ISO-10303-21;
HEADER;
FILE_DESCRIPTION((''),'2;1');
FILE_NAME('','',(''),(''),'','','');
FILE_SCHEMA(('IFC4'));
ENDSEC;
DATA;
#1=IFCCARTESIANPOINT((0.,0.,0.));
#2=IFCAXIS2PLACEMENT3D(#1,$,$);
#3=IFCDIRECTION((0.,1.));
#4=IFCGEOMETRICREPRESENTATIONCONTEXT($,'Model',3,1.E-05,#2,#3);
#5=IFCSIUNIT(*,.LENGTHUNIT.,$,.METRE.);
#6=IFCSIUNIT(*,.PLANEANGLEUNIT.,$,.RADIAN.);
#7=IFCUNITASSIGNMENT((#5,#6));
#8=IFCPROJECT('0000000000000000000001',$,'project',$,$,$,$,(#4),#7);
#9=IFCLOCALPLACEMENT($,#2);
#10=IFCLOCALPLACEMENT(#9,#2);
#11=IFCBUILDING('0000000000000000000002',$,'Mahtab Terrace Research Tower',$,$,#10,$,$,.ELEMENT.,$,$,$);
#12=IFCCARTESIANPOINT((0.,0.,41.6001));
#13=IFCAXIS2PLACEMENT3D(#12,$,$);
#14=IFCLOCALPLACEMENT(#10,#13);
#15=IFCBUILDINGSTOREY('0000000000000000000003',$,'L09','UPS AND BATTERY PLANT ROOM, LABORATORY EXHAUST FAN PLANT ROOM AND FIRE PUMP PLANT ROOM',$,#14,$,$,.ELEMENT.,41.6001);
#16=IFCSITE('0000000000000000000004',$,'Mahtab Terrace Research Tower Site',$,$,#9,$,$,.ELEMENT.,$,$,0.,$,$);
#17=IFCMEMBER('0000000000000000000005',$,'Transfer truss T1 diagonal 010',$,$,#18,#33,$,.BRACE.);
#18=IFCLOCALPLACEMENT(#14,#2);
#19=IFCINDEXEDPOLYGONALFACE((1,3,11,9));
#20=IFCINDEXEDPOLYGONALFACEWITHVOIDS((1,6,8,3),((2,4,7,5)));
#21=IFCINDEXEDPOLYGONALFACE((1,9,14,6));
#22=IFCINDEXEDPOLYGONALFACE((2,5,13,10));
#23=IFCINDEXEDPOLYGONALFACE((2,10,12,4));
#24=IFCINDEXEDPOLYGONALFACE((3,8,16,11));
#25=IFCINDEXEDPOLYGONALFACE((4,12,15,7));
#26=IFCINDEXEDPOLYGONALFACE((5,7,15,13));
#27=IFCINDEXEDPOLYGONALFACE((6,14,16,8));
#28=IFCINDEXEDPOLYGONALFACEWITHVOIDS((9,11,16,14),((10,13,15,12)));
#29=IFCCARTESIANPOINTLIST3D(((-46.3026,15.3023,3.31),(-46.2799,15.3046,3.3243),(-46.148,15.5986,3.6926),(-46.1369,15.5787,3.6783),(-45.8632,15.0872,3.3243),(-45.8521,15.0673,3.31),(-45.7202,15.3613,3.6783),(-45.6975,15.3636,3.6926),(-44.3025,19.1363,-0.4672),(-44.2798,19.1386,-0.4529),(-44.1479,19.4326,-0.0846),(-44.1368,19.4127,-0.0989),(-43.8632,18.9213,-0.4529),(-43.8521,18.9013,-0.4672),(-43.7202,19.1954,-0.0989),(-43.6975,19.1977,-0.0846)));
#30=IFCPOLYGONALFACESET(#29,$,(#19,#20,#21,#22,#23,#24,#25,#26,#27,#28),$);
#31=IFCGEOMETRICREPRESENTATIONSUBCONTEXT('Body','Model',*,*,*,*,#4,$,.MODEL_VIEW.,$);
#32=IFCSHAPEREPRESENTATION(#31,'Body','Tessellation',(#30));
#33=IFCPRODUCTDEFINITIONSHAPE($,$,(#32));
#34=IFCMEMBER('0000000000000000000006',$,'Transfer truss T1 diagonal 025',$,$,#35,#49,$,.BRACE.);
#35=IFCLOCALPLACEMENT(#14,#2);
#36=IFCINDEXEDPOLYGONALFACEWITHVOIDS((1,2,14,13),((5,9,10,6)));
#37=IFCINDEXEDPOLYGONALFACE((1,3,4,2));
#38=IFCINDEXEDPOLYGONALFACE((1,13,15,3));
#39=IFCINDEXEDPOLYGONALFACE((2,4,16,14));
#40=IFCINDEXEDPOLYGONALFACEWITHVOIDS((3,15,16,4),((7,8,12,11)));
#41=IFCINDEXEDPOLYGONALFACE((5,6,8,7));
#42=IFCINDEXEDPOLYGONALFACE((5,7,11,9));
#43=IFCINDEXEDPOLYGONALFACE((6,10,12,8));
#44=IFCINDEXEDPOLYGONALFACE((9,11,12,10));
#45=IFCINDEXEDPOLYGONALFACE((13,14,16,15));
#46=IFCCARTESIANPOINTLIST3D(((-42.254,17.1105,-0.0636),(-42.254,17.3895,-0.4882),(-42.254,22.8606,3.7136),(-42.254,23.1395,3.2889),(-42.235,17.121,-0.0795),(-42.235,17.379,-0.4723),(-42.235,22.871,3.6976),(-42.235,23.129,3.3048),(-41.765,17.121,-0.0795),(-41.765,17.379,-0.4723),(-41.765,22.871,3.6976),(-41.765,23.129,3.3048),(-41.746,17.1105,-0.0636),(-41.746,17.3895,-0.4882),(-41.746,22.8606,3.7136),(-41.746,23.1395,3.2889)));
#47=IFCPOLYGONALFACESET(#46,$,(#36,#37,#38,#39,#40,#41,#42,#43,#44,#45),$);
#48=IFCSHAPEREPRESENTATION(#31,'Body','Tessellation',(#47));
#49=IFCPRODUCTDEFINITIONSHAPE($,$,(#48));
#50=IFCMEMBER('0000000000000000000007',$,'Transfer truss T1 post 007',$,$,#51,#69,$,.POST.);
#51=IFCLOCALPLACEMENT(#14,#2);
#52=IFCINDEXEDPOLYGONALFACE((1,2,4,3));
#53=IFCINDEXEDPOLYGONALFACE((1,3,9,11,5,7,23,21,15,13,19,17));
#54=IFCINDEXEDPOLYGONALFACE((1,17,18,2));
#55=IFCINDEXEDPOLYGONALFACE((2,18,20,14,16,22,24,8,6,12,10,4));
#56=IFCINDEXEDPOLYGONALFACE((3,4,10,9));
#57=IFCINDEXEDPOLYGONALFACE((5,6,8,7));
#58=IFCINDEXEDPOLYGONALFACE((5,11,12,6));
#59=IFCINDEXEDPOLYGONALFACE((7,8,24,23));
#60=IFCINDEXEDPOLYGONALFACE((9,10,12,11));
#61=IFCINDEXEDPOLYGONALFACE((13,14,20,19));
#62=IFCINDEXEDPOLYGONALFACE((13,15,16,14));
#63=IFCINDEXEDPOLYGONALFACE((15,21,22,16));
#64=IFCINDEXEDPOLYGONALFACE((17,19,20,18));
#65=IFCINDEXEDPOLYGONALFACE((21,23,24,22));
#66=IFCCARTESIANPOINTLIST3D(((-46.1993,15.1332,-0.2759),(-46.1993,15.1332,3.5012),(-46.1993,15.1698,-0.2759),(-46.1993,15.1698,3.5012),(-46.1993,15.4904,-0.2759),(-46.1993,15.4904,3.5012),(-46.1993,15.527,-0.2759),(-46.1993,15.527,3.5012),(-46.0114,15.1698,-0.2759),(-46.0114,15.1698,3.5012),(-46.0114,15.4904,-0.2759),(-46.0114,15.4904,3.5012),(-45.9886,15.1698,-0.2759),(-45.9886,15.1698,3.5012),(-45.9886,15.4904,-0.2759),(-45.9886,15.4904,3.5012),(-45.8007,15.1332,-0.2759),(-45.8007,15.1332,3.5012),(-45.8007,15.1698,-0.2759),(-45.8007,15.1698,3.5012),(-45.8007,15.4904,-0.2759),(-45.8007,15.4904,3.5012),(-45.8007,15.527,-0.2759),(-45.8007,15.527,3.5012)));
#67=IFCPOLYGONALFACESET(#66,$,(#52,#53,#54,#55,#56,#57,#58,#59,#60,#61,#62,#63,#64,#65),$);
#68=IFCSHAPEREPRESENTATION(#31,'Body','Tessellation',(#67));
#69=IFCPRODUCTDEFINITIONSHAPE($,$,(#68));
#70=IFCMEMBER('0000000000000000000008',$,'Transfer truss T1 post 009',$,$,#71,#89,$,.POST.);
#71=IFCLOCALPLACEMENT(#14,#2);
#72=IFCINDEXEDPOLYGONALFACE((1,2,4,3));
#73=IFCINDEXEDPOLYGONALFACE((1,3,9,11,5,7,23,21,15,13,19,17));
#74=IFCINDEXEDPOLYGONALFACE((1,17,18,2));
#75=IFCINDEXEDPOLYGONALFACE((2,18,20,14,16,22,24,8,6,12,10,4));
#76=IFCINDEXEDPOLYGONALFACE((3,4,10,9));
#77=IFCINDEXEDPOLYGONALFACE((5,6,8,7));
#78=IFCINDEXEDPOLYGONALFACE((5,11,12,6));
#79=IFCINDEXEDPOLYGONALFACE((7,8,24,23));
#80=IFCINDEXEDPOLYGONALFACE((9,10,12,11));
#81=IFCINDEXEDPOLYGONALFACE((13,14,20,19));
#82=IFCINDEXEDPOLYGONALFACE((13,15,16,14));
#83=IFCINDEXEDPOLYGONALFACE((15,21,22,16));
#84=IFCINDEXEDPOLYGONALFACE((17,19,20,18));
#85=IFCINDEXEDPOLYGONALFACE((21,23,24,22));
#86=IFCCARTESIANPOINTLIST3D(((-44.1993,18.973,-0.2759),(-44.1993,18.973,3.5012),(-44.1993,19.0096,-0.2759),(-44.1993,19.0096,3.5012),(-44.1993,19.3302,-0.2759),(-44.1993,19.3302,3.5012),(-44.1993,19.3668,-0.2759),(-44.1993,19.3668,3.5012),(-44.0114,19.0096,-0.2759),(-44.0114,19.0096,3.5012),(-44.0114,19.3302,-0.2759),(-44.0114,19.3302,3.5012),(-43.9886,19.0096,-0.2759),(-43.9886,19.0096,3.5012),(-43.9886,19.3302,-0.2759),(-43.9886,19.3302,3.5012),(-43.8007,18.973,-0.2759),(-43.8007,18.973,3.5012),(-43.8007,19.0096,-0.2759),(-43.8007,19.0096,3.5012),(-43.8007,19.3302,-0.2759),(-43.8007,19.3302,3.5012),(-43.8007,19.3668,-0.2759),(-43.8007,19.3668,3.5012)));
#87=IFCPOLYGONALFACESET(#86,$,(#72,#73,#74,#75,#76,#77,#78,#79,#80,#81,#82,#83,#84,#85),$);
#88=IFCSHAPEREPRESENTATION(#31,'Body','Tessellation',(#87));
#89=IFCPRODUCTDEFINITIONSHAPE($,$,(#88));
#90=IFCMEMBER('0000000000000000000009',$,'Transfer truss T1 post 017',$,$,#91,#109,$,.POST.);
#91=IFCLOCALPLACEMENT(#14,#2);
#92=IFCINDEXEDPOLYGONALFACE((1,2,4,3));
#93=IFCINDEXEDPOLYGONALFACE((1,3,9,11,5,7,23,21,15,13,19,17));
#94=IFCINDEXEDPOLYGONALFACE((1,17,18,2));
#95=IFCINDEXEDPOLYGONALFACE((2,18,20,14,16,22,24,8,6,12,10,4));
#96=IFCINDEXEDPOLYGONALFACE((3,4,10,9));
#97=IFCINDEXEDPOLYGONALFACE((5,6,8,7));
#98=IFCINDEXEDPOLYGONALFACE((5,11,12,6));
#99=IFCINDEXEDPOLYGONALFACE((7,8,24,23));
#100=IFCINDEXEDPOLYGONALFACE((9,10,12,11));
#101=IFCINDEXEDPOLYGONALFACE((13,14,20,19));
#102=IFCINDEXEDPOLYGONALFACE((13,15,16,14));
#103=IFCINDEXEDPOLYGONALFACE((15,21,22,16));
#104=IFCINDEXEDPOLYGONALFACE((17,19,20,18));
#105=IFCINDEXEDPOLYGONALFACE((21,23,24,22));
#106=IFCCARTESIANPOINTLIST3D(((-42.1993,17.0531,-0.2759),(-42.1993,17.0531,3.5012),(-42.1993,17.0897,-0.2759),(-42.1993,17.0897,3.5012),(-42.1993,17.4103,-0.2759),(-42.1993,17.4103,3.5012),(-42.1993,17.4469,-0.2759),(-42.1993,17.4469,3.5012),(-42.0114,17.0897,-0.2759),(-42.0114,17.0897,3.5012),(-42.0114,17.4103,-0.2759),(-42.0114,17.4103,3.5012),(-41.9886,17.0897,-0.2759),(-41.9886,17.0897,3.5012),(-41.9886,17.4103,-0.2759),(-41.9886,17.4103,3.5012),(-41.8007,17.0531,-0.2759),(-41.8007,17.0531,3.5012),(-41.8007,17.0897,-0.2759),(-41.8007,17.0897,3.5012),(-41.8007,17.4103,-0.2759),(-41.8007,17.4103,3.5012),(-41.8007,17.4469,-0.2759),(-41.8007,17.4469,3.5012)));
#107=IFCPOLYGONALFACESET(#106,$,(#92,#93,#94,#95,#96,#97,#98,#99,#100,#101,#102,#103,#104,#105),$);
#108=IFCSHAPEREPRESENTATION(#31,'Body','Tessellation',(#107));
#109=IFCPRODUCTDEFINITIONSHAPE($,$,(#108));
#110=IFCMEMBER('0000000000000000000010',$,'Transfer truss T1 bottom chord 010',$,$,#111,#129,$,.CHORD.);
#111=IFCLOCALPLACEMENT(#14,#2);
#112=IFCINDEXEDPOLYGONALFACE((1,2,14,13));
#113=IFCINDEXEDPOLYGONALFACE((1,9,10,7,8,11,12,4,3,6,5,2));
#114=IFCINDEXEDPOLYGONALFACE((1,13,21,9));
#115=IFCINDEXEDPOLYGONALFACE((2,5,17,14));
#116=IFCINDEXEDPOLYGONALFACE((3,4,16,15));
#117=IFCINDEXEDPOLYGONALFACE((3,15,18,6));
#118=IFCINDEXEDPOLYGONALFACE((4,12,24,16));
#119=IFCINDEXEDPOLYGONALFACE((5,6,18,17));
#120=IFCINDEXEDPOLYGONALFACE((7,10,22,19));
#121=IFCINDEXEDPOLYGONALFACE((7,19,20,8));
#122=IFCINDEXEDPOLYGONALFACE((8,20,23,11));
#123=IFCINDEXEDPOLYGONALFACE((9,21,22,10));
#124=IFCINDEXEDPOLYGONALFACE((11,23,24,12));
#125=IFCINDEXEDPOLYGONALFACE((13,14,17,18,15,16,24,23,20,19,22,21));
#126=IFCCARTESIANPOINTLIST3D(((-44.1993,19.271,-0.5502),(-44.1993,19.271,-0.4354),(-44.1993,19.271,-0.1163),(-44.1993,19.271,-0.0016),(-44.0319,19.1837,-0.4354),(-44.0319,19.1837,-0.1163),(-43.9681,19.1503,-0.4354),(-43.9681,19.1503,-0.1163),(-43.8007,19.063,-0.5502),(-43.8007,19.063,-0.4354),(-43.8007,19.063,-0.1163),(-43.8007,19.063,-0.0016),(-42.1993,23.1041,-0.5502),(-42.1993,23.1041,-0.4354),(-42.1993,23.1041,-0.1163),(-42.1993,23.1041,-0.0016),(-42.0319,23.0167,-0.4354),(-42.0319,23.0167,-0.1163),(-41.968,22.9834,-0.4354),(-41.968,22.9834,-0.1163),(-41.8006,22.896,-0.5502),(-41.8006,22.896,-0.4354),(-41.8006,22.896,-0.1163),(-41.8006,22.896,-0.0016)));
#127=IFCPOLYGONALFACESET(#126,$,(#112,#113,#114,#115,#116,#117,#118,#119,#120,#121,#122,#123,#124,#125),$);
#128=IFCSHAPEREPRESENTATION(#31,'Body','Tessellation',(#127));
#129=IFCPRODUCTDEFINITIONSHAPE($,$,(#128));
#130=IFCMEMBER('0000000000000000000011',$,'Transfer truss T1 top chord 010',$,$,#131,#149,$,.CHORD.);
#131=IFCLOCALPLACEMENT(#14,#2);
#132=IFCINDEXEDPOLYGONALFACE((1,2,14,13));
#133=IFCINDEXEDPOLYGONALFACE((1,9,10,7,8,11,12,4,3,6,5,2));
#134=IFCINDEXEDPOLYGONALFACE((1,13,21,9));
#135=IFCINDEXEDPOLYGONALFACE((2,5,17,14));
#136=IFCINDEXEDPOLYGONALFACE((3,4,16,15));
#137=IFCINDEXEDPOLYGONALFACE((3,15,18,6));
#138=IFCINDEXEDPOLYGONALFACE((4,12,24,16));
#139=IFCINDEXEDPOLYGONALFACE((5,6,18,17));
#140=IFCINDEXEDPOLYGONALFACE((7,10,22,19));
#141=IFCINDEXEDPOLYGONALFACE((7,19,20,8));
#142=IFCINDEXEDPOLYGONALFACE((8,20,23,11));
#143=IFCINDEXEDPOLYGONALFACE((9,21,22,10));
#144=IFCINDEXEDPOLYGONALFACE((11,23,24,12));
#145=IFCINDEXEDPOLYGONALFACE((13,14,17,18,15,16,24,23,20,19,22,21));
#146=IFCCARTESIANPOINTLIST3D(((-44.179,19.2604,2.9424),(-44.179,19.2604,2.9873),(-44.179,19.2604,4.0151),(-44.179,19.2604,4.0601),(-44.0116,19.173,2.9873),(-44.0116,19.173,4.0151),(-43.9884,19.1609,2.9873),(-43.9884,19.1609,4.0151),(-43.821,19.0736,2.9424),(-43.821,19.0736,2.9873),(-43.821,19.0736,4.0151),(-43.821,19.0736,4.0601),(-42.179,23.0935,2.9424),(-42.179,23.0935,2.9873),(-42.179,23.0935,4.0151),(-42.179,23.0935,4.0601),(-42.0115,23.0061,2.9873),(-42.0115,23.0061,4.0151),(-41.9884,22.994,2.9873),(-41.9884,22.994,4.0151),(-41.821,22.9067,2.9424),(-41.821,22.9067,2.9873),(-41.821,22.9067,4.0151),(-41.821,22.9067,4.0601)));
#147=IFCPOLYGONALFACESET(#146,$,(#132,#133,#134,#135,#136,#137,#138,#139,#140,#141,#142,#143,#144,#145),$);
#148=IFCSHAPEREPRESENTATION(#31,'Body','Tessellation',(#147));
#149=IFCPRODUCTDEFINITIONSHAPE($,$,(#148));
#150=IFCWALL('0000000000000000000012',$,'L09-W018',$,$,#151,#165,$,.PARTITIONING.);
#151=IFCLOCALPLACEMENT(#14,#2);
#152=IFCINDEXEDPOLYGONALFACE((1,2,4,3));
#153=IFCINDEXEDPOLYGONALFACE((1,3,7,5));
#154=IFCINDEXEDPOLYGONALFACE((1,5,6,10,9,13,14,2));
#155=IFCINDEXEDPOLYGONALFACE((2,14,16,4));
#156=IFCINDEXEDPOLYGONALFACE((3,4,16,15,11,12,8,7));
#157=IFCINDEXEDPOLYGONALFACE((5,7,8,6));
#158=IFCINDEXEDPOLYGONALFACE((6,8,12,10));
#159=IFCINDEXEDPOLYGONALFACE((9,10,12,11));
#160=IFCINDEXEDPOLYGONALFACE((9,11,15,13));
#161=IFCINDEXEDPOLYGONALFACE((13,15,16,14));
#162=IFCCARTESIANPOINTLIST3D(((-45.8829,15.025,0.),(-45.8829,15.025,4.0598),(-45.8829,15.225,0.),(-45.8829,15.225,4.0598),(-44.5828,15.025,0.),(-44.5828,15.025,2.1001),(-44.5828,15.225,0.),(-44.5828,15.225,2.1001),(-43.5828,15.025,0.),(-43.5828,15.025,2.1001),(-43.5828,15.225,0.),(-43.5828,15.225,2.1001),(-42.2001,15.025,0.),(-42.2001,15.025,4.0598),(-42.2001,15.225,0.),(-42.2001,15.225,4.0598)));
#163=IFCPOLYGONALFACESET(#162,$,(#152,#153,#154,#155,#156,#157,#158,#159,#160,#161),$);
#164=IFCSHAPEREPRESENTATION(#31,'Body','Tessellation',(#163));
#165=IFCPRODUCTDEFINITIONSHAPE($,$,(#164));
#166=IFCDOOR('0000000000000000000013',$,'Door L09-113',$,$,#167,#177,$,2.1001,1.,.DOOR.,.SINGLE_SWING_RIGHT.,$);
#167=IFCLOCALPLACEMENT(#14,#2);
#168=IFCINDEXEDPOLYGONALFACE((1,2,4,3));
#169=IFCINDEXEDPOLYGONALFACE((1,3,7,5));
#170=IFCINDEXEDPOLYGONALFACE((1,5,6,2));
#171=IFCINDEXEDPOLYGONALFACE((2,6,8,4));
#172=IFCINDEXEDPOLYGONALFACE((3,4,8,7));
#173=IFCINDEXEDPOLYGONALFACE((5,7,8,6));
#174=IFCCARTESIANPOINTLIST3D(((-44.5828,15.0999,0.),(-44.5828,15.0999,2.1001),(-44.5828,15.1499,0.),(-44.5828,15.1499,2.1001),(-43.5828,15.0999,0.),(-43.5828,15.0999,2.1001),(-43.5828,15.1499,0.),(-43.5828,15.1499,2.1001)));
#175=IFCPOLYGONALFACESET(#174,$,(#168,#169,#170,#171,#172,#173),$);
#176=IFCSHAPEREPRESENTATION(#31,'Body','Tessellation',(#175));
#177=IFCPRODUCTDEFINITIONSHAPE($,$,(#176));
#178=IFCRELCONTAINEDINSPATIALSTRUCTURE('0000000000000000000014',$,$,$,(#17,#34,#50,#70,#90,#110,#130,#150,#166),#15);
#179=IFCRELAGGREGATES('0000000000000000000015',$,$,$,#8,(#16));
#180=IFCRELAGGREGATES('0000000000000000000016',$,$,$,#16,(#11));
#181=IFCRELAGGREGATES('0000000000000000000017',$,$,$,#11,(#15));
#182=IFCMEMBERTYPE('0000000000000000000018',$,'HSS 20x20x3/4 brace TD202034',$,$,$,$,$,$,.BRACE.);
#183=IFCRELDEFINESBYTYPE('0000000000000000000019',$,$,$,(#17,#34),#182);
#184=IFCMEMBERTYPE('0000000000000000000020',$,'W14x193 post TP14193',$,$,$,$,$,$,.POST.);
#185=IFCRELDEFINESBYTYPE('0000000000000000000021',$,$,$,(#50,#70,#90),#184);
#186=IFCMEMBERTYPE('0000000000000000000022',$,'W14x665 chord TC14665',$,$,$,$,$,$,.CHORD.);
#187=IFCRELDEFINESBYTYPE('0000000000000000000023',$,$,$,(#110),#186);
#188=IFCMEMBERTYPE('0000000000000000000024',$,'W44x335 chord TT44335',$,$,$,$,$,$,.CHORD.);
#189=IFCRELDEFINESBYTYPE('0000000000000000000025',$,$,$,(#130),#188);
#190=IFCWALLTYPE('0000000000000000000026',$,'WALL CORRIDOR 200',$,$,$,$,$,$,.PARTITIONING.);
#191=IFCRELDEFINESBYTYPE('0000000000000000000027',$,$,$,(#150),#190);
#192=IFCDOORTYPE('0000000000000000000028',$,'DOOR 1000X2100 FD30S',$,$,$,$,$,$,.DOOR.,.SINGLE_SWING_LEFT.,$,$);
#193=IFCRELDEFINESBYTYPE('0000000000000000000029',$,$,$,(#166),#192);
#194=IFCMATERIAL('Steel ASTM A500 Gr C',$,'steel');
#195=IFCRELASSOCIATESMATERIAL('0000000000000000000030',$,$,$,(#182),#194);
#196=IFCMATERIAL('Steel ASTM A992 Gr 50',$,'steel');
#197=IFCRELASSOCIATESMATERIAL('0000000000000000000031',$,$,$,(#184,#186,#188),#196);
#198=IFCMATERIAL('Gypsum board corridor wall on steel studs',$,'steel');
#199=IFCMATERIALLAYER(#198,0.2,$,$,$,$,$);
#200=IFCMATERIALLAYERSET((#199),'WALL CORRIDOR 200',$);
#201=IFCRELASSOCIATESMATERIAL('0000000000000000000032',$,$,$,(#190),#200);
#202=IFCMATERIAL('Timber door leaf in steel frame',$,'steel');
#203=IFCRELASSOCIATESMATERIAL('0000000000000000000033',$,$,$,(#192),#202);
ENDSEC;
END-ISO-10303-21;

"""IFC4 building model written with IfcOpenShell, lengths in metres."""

from ifc_helpers import new_model, si_unit, direction, frame, frame_2d, origin, origin_2d, place, context, subcontext, project, spatial, rectangle, hollow_rectangle, i_section, extrude, material, layer, layer_set, material_profile, profile_set, type_object, element, fill, save


model = new_model("IFC4")

# Units and contexts
model_context = context("Model", 3, precision=1e-05, world=origin(), true_north=direction((0.0, 1.0)))
body_context = subcontext(model_context, "Body", "Model", "MODEL_VIEW")
ifc_project = project(units=[si_unit("LENGTHUNIT", "METRE"), si_unit("PLANEANGLEUNIT", "RADIAN")], contexts=[model_context])

# Site, building, storey
site_placement = place(None, origin())
site = spatial("IfcSite", under=ifc_project, at=site_placement, Name="Mahtab Terrace Research Tower Site", CompositionType="ELEMENT", RefElevation=0.0)
building_placement = place(site_placement, origin())
building = spatial("IfcBuilding", under=site, at=building_placement, Name="Mahtab Terrace Research Tower", CompositionType="ELEMENT")
storey_placement = place(building_placement, frame((0.0, 0.0, 41.6001)))
storey = spatial("IfcBuildingStorey", under=building, at=storey_placement, Name="L09", Description="UPS AND BATTERY PLANT ROOM, LABORATORY EXHAUST FAN PLANT ROOM AND FIRE PUMP PLANT ROOM", CompositionType="ELEMENT", Elevation=41.6001)

# Members
ifc_material_1 = material(Name="Steel ASTM A500 Gr C", Category="steel")
ifc_material_profile_1 = material_profile(ifc_material_1, hollow_rectangle(XDim=0.5081, YDim=0.5081, WallThickness=0.019, at=origin_2d()), Name="HSS20X20X3/4")
ifc_profile_set_1 = profile_set([ifc_material_profile_1], Name="Steel ASTM A500 Gr C")
member_type_1 = type_object("IfcMemberType", Name="HSS 20x20x3/4 brace TD202034", PredefinedType="BRACE", material=ifc_profile_set_1)
member_1_placement = place(storey_placement, frame((-44.0, 19.167, -0.2759), z_axis=(-0.348335, -0.667756, 0.657848), x_axis=(0.886617, -0.462504, 0.0)))
element("IfcMember", 1, at=member_1_placement, inside=storey, type_object=member_type_1, Name="Transfer truss T1 diagonal 010", PredefinedType="BRACE", context=body_context, shape_type="SweptSolid", body=[
    extrude(hollow_rectangle(XDim=0.5081, YDim=0.5081, WallThickness=0.019, at=origin_2d()), origin(), (0.0, 0.0, 1.0), 5.7417),
])
member_2_placement = place(storey_placement, frame((-42.0, 17.25, -0.2759), z_axis=(0.0, 0.835804, 0.549028), x_axis=(-1.0, 0.0, 0.0)))
element("IfcMember", 2, at=member_2_placement, inside=storey, type_object=member_type_1, Name="Transfer truss T1 diagonal 025", PredefinedType="BRACE", context=body_context, shape_type="SweptSolid", body=[
    extrude(hollow_rectangle(XDim=0.5081, YDim=0.5081, WallThickness=0.019, at=origin_2d()), origin(), (0.0, 0.0, 1.0), 6.8796),
])
ifc_material_2 = material(Name="Steel ASTM A992 Gr 50", Category="steel")
ifc_material_profile_2 = material_profile(ifc_material_2, i_section(OverallWidth=0.3987, OverallDepth=0.3938, WebThickness=0.0227, FlangeThickness=0.0366, at=origin_2d()), Name="W14X193")
ifc_profile_set_2 = profile_set([ifc_material_profile_2], Name="Steel ASTM A992 Gr 50")
member_type_2 = type_object("IfcMemberType", Name="W14x193 post TP14193", PredefinedType="POST", material=ifc_profile_set_2)
for number, where, z_axis, x_axis, name in (
    (3, (-46.0, 15.3301, -0.2759), (0.0, 0.0, 1.0), (1.0, 0.0, 0.0), "Transfer truss T1 post 007"),
    (4, (-44.0, 19.1699, -0.2759), (0.0, 0.0, 1.0), (1.0, 0.0, 0.0), "Transfer truss T1 post 009"),
    (5, (-42.0, 17.25, -0.2759), (0.0, 0.0, 1.0), (1.0, 0.0, 0.0), "Transfer truss T1 post 017"),
):
    element("IfcMember", number, at=place(storey_placement, frame(where, z_axis=z_axis, x_axis=x_axis)), inside=storey, type_object=member_type_2, Name=name, PredefinedType="POST", context=body_context, shape_type="SweptSolid", body=[
        extrude(i_section(OverallWidth=0.3987, OverallDepth=0.3938, WebThickness=0.0227, FlangeThickness=0.0366, at=origin_2d()), origin(), (0.0, 0.0, 1.0), 3.7771),
    ])
ifc_material_profile_3 = material_profile(ifc_material_2, i_section(OverallWidth=0.4497, OverallDepth=0.5486, WebThickness=0.072, FlangeThickness=0.1147, at=origin_2d()), Name="W14X665")
ifc_profile_set_3 = profile_set([ifc_material_profile_3], Name="Steel ASTM A992 Gr 50")
member_type_3 = type_object("IfcMemberType", Name="W14x665 chord TC14665", PredefinedType="CHORD", material=ifc_profile_set_3)
member_3_placement = place(storey_placement, frame((-44.0, 19.167, -0.2759), z_axis=(0.462597, 0.886569, 0.0), x_axis=(-0.886569, 0.462597, 0.0)))
element("IfcMember", 6, at=member_3_placement, inside=storey, type_object=member_type_3, Name="Transfer truss T1 bottom chord 010", PredefinedType="CHORD", context=body_context, shape_type="SweptSolid", body=[
    extrude(i_section(OverallWidth=0.4497, OverallDepth=0.5486, WebThickness=0.072, FlangeThickness=0.1147, at=origin_2d()), origin(), (0.0, 0.0, 1.0), 4.3235),
])
ifc_material_profile_4 = material_profile(ifc_material_2, i_section(OverallWidth=0.4038, OverallDepth=1.1177, WebThickness=0.0261, FlangeThickness=0.0449, at=origin_2d()), Name="W44X335")
ifc_profile_set_4 = profile_set([ifc_material_profile_4], Name="Steel ASTM A992 Gr 50")
member_type_4 = type_object("IfcMemberType", Name="W44x335 chord TT44335", PredefinedType="CHORD", material=ifc_profile_set_4)
member_4_placement = place(storey_placement, frame((-44.0, 19.167, 3.5012), z_axis=(0.462597, 0.886569, 0.0), x_axis=(-0.886569, 0.462597, 0.0)))
element("IfcMember", 7, at=member_4_placement, inside=storey, type_object=member_type_4, Name="Transfer truss T1 top chord 010", PredefinedType="CHORD", context=body_context, shape_type="SweptSolid", body=[
    extrude(i_section(OverallWidth=0.4038, OverallDepth=1.1177, WebThickness=0.0261, FlangeThickness=0.0449, at=origin_2d()), origin(), (0.0, 0.0, 1.0), 4.3235),
])

# Wall, opening, door
ifc_material_3 = material(Name="Gypsum board corridor wall on steel studs", Category="steel")
ifc_layer_1 = layer(ifc_material_3, 0.2)
ifc_layer_set_1 = layer_set([ifc_layer_1], Name="WALL CORRIDOR 200")
wall_type = type_object("IfcWallType", Name="WALL CORRIDOR 200", PredefinedType="PARTITIONING", material=ifc_layer_set_1)
wall_placement = place(storey_placement, frame((-45.8828, 15.125, 0.0), z_axis=(0.0, 0.0, 1.0), x_axis=(1.0, 0.0, 0.0)))
wall = element("IfcWall", 8, at=wall_placement, inside=storey, type_object=wall_type, Name="L09-W018", PredefinedType="PARTITIONING", context=body_context, shape_type="SweptSolid", body=[
    extrude(rectangle(XDim=3.6829, YDim=0.2, at=frame_2d((1.8413, 0.0))), origin(), (0.0, 0.0, 1.0), 4.0598),
])
opening_placement = place(wall_placement, frame((1.3, 0.0, 0.0)))
opening = element("IfcOpeningElement", 9, at=opening_placement, cuts=wall, PredefinedType="OPENING", context=body_context, shape_type="SweptSolid", body=[
    extrude(rectangle(XDim=1.0, YDim=2.1001, at=frame_2d((0.5, 1.05))), frame((0.0, 0.1099, 0.0), z_axis=(0.0, -1.0, 0.0), x_axis=(1.0, 0.0, 0.0)), (0.0, 0.0, 1.0), 0.22),
])
ifc_material_4 = material(Name="Timber door leaf in steel frame", Category="steel")
door_type = type_object("IfcDoorType", Name="DOOR 1000X2100 FD30S", OperationType="SINGLE_SWING_LEFT", PredefinedType="DOOR", material=ifc_material_4)
door_placement = place(opening_placement, origin())
door = element("IfcDoor", 10, at=door_placement, inside=storey, type_object=door_type, Name="Door L09-113", OperationType="SINGLE_SWING_RIGHT", OverallHeight=2.1001, OverallWidth=1.0, PredefinedType="DOOR", context=body_context, shape_type="SweptSolid", body=[
    extrude(rectangle(XDim=1.0, YDim=2.1001, at=frame_2d((0.5, 1.05))), frame((0.0, 0.0249, 0.0), z_axis=(0.0, -1.0, 0.0), x_axis=(1.0, 0.0, 0.0)), (0.0, 0.0, 1.0), 0.05),
])
fill(opening, door)

save(model, "model.ifc")
